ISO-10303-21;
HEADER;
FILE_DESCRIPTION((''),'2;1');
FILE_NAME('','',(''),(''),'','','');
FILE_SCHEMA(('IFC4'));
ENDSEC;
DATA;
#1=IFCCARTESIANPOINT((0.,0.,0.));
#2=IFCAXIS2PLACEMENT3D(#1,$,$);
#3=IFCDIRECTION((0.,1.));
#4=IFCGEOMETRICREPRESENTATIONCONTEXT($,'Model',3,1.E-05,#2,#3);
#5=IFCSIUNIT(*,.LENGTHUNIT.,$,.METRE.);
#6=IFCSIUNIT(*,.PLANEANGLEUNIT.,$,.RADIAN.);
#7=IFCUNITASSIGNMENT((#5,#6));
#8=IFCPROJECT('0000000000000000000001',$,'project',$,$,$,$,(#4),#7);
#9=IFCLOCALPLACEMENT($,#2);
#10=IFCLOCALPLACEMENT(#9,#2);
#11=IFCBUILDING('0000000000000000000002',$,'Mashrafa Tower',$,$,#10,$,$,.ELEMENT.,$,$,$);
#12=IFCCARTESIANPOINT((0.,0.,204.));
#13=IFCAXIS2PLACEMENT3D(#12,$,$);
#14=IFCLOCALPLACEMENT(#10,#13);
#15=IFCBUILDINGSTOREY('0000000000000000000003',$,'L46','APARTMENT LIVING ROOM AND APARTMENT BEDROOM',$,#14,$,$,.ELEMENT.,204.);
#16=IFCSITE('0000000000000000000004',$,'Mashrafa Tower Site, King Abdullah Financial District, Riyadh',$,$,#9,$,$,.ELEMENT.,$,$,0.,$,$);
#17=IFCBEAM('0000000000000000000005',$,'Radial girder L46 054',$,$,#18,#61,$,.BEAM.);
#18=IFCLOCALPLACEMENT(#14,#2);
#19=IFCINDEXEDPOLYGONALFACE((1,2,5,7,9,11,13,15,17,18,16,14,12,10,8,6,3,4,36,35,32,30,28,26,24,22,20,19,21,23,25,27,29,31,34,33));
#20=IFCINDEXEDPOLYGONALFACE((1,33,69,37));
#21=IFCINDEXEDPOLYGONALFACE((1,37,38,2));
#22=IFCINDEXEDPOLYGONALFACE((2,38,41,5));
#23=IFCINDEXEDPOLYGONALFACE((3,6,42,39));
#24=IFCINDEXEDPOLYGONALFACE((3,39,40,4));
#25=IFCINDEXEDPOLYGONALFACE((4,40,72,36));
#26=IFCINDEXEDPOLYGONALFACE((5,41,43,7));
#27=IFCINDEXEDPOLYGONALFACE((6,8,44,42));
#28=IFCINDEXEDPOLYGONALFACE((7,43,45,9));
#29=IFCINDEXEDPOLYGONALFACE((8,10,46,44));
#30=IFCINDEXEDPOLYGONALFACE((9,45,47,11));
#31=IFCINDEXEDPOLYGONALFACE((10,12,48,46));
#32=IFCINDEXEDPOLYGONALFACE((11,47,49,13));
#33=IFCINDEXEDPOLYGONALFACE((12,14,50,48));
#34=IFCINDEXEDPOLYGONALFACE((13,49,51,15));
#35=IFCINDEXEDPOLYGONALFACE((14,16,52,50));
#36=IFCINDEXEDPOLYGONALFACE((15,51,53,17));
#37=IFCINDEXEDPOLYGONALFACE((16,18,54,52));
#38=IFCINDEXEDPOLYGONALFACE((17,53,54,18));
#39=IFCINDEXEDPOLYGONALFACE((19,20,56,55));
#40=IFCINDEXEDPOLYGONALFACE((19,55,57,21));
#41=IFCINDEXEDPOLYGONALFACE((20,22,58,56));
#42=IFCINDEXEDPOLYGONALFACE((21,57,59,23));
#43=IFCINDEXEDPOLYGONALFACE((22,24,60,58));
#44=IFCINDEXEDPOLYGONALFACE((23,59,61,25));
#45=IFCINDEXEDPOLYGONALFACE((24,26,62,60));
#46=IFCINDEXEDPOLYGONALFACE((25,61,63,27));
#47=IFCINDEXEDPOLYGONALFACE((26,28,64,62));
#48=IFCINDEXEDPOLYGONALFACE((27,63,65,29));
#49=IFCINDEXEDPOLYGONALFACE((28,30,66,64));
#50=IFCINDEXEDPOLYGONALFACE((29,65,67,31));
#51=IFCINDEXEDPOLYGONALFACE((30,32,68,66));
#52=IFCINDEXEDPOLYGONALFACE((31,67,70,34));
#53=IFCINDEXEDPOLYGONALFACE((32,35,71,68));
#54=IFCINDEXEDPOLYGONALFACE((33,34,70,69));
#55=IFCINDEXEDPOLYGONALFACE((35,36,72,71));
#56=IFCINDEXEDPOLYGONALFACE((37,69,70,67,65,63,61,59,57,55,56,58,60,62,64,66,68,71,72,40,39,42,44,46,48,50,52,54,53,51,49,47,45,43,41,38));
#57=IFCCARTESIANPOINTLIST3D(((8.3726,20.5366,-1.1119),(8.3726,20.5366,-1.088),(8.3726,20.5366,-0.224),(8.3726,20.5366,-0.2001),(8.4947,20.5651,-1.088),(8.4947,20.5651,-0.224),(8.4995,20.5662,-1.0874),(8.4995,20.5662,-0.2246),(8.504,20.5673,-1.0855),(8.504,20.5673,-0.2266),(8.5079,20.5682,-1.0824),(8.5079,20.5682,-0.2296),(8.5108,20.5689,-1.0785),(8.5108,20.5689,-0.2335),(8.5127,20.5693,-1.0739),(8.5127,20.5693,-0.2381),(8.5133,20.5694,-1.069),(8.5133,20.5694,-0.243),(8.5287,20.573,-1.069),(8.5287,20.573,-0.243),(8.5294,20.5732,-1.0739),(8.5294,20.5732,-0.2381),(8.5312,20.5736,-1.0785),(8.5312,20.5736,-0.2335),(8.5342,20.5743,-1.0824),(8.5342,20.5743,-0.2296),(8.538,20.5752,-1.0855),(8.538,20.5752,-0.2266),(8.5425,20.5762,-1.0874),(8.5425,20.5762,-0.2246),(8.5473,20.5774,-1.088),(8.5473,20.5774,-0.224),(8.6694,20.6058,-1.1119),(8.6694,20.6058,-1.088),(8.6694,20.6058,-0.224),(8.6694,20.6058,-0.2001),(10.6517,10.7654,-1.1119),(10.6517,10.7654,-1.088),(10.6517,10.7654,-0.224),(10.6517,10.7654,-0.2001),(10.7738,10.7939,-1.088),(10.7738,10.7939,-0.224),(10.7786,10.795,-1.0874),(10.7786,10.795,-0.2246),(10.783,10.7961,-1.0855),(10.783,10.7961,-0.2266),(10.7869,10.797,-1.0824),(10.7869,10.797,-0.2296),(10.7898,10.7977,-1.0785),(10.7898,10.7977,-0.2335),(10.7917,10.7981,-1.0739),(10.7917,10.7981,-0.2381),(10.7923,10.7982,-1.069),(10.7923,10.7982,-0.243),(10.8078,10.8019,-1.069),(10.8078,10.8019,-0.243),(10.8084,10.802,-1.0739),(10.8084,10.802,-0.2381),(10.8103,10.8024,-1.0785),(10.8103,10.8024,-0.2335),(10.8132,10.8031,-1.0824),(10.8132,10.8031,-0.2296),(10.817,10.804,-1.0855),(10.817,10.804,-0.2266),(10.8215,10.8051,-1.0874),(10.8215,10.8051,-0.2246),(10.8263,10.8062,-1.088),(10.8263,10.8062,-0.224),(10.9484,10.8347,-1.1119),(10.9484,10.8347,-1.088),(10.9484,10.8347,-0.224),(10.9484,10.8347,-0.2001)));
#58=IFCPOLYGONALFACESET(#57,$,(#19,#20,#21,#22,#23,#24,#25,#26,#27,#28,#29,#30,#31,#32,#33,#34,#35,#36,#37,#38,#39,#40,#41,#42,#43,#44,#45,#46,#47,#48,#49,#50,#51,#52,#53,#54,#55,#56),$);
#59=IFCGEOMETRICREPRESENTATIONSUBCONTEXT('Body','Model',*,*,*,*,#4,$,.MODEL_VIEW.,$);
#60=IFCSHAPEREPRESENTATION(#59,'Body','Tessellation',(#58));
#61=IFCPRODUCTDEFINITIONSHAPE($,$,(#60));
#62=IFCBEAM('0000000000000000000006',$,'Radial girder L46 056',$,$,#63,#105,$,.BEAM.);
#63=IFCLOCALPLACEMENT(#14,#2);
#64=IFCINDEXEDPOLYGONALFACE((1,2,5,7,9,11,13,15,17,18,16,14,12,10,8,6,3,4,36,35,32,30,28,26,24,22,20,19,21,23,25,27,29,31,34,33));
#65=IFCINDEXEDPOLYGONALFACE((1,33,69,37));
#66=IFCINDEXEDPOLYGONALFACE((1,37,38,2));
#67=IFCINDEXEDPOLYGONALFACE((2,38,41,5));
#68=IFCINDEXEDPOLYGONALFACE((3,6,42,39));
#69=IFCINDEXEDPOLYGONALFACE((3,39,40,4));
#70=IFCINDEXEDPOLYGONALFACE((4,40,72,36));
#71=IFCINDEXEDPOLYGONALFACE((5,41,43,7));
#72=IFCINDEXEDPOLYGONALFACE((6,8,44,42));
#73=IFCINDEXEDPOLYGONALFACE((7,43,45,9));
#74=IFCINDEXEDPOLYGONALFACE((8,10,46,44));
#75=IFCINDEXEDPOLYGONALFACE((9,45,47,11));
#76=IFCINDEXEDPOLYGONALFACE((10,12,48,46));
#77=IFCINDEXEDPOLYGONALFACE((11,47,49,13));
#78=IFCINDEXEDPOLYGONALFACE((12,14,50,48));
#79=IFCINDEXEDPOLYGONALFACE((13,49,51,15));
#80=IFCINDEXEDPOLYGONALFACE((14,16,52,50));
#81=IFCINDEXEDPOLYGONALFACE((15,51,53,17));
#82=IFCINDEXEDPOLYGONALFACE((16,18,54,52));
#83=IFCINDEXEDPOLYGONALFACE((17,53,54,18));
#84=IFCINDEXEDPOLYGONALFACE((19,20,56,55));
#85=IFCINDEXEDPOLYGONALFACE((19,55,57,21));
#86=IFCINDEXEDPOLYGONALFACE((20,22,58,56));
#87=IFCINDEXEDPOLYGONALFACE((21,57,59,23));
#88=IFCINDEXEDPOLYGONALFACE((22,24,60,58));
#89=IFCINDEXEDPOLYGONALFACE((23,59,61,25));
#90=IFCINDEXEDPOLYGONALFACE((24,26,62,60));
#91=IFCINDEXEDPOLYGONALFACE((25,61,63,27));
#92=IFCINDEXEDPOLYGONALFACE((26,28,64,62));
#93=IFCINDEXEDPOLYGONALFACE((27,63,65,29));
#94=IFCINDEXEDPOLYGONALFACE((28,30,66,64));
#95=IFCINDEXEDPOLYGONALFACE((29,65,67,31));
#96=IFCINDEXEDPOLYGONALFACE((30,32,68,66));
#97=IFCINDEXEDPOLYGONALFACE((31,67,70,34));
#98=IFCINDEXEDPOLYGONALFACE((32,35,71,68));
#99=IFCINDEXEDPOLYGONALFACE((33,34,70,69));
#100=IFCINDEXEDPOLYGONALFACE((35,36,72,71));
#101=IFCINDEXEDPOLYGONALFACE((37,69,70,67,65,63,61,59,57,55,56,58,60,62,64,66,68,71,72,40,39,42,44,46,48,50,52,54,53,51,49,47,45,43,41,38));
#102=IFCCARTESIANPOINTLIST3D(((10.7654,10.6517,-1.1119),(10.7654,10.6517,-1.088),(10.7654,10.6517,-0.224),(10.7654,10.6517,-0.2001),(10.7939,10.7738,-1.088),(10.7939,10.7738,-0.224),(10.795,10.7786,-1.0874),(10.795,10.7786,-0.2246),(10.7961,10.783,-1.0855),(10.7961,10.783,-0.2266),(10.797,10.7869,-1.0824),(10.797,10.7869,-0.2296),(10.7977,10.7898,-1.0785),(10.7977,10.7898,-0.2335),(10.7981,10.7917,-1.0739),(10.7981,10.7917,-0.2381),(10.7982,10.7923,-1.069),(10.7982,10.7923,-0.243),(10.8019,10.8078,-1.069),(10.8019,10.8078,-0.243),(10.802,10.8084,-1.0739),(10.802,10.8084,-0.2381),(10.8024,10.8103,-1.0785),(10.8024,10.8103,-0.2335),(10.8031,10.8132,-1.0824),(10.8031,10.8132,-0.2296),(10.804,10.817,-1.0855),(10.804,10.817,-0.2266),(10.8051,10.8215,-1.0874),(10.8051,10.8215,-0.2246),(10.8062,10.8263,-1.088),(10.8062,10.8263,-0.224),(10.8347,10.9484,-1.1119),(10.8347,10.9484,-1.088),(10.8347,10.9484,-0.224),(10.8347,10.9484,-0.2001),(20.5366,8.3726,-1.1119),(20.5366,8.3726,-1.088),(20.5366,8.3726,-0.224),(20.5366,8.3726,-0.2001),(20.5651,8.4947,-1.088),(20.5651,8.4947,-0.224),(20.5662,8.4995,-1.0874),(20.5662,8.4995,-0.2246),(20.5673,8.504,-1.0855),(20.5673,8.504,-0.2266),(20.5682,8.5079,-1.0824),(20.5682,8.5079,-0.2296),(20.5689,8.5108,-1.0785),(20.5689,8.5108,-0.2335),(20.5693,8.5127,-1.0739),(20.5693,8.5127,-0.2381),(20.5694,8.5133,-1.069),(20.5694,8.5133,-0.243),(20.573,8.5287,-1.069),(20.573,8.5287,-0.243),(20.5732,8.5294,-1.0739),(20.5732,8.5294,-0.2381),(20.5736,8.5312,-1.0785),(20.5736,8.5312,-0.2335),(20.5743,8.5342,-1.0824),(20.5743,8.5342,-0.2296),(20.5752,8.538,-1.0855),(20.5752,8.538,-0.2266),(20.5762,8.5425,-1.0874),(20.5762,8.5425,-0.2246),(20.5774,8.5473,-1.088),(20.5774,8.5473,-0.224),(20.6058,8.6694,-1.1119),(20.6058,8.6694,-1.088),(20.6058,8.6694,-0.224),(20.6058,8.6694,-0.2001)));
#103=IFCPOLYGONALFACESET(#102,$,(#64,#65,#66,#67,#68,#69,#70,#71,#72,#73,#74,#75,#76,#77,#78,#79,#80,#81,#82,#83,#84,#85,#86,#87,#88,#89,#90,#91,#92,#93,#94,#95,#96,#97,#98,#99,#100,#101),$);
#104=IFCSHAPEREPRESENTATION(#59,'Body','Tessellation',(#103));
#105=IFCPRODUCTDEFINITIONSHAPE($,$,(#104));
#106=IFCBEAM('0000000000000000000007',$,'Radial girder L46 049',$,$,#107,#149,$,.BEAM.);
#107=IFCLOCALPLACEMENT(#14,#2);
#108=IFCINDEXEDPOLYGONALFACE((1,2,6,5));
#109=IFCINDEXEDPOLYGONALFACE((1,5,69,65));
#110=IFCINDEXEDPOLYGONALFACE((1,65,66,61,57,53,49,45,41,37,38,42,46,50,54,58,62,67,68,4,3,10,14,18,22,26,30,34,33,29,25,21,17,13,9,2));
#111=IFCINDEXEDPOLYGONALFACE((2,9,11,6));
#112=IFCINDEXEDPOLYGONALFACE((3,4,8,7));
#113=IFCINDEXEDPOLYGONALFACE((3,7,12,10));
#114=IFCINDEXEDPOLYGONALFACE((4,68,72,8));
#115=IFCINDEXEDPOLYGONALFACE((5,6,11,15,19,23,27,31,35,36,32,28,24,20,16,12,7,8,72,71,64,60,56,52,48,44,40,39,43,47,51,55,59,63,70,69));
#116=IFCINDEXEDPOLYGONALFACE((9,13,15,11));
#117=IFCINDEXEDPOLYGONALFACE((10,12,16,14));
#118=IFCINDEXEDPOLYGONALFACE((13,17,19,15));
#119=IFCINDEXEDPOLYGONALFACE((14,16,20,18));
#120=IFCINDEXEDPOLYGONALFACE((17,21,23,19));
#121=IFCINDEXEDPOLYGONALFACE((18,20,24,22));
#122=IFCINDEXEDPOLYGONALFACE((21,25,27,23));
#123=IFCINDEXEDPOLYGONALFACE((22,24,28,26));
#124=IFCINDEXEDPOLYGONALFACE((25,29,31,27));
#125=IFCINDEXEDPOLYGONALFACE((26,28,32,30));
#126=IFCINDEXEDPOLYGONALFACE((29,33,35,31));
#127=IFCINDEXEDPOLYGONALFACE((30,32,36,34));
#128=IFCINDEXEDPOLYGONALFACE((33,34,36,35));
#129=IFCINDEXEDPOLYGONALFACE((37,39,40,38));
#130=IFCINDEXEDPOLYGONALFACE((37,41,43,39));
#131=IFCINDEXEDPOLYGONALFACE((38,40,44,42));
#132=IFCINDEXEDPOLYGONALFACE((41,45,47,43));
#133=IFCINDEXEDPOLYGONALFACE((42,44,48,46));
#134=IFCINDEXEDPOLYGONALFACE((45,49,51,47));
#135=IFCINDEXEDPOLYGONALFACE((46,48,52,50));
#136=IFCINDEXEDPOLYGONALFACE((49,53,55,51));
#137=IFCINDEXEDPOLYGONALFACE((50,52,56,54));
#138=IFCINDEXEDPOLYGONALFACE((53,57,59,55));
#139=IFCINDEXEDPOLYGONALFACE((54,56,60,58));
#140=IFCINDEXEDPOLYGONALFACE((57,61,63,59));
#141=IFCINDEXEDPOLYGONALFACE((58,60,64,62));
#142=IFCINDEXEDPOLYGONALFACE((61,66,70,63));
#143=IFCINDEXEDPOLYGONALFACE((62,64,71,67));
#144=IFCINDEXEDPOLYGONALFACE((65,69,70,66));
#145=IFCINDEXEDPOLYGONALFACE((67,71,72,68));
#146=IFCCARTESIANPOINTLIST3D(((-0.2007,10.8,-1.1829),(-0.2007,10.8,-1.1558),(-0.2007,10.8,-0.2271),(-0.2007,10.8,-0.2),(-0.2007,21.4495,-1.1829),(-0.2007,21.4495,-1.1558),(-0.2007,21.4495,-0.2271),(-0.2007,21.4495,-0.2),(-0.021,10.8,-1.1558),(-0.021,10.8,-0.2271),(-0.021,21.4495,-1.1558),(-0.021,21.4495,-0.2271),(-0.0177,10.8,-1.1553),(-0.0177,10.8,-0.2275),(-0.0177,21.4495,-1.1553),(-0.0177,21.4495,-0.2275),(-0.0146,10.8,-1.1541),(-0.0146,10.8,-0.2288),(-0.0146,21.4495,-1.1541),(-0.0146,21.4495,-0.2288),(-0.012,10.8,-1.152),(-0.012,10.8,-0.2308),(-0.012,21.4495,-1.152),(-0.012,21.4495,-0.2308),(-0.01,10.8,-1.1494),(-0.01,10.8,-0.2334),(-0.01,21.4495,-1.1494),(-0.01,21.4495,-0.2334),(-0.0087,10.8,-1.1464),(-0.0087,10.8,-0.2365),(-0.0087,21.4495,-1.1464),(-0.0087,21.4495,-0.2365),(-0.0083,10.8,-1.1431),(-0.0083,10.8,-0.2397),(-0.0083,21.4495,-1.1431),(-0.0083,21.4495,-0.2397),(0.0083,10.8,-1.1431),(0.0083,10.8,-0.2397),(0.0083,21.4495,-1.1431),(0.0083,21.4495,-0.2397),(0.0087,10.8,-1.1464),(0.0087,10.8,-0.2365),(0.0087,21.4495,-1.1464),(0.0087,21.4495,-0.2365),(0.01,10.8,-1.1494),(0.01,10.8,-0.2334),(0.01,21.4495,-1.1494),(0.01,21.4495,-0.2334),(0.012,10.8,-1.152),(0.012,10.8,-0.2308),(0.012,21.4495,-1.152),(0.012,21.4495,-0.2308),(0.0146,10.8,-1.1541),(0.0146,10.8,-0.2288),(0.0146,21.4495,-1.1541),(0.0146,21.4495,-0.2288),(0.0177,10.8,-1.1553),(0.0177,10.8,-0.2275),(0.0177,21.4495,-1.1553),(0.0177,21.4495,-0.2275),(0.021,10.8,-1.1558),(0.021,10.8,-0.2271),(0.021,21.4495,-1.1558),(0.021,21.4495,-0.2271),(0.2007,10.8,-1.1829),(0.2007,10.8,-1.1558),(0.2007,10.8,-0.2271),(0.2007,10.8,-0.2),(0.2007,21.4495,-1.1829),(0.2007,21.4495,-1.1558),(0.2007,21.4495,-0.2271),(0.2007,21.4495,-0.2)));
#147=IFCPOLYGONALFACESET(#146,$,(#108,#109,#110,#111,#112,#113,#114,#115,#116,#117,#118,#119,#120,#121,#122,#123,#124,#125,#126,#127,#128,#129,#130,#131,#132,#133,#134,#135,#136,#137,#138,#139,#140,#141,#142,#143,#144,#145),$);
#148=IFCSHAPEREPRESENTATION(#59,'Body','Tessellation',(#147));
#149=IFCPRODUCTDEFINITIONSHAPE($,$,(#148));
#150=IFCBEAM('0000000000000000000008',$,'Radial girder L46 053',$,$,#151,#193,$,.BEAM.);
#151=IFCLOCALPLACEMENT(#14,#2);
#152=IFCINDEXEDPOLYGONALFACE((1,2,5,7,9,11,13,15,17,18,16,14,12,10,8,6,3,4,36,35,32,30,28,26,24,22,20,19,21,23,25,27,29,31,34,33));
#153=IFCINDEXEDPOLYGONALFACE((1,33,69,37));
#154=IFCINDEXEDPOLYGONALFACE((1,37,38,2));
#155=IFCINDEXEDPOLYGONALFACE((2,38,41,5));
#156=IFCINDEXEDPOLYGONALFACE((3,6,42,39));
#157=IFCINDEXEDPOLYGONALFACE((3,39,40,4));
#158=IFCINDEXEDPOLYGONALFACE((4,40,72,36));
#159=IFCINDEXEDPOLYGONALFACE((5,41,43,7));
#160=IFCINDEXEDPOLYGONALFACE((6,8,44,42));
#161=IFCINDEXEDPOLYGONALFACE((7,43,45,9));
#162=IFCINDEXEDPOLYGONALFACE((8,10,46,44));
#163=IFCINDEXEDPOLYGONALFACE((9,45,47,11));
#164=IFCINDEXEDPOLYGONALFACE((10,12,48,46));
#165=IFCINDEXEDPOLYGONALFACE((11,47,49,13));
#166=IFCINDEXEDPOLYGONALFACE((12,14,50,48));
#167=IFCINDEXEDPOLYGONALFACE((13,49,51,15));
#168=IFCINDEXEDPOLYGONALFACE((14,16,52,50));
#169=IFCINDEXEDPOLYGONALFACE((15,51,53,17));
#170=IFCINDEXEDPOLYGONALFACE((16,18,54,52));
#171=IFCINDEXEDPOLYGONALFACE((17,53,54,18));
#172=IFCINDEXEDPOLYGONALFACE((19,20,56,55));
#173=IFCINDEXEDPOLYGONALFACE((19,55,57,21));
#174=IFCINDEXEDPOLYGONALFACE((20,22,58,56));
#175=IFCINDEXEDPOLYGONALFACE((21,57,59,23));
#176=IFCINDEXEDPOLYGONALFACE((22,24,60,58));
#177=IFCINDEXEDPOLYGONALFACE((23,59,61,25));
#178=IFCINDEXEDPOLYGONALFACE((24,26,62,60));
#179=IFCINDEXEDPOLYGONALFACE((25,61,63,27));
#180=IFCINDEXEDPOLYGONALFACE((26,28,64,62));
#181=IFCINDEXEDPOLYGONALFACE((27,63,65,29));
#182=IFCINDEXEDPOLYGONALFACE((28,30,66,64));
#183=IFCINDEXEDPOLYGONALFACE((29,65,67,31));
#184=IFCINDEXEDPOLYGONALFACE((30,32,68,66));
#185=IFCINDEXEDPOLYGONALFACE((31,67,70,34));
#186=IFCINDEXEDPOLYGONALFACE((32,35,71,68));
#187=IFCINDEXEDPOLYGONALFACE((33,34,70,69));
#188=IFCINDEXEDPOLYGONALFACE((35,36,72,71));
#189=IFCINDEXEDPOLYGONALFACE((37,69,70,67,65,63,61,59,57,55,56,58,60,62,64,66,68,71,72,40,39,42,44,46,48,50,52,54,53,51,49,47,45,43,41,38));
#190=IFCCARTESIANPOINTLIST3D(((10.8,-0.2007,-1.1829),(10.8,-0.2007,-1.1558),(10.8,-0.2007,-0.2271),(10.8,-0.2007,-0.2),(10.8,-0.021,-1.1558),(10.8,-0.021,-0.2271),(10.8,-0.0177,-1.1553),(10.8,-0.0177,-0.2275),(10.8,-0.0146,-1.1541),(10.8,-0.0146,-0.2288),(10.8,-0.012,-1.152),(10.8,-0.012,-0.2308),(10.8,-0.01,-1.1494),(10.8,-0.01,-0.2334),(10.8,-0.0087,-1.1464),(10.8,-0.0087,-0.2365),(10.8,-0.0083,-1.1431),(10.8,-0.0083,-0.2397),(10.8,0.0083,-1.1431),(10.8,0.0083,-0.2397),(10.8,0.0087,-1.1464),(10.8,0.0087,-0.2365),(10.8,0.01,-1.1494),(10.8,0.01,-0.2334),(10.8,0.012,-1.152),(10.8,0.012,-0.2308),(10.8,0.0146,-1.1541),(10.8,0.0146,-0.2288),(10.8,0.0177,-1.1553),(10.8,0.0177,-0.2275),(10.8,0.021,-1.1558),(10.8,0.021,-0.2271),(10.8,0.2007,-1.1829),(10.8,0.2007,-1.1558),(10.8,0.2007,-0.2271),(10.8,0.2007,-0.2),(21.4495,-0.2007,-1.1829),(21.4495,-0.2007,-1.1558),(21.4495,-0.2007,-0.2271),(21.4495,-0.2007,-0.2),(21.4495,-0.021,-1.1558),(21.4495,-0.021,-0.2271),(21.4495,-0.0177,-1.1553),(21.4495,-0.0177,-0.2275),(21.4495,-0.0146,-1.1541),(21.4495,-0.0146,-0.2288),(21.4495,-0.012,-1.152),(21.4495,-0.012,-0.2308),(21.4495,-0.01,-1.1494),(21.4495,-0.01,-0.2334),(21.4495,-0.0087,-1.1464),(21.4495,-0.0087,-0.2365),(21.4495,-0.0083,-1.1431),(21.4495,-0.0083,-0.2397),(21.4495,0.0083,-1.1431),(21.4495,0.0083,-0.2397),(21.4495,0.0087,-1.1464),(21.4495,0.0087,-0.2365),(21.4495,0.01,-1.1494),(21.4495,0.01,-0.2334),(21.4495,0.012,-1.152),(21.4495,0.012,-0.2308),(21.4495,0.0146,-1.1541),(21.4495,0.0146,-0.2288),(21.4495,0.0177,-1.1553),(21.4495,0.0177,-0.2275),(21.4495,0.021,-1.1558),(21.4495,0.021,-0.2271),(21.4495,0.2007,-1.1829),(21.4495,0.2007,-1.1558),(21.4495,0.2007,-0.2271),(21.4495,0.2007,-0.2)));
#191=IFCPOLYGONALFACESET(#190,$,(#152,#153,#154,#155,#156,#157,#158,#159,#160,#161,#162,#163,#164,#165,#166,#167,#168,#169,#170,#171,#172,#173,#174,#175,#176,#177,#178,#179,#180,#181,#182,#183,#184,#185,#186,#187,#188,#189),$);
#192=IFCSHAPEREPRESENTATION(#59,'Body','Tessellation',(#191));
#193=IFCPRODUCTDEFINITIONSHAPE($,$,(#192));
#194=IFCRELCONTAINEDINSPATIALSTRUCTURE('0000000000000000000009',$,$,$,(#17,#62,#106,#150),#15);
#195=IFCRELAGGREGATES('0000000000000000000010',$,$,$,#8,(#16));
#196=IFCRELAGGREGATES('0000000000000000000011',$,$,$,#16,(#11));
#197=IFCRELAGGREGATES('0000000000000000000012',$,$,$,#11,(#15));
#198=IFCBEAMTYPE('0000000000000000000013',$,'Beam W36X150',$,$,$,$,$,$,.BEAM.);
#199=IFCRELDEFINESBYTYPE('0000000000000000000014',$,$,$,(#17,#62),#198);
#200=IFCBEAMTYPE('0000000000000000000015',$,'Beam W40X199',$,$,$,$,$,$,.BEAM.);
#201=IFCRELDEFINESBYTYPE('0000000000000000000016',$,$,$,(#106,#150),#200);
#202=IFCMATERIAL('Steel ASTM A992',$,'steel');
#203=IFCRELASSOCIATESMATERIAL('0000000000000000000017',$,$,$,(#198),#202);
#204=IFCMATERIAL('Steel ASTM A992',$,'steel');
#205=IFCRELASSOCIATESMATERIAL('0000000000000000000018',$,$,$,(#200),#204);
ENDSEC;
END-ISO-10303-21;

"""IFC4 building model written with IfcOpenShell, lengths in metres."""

from ifc_helpers import new_model, si_unit, direction, frame, origin, origin_2d, place, context, subcontext, project, spatial, i_section, extrude, material, material_profile, profile_set, type_object, element, save


model = new_model("IFC4")

# Units and contexts
model_context = context("Model", 3, precision=1e-05, world=origin(), true_north=direction((0.0, 1.0)))
body_context = subcontext(model_context, "Body", "Model", "MODEL_VIEW")
ifc_project = project(units=[si_unit("LENGTHUNIT", "METRE"), si_unit("PLANEANGLEUNIT", "RADIAN")], contexts=[model_context])

# Site, building, storey
site_placement = place(None, origin())
site = spatial("IfcSite", under=ifc_project, at=site_placement, Name="Mashrafa Tower Site, King Abdullah Financial District, Riyadh", CompositionType="ELEMENT", RefElevation=0.0)
building_placement = place(site_placement, origin())
building = spatial("IfcBuilding", under=site, at=building_placement, Name="Mashrafa Tower", CompositionType="ELEMENT")
storey_placement = place(building_placement, frame((0.0, 0.0, 204.0)))
storey = spatial("IfcBuildingStorey", under=building, at=storey_placement, Name="L46", Description="APARTMENT LIVING ROOM AND APARTMENT BEDROOM", CompositionType="ELEMENT", Elevation=204.0)

# Beams
ifc_material_1 = material(Name="Steel ASTM A992", Category="steel")
ifc_material_profile_1 = material_profile(ifc_material_1, i_section(OverallWidth=0.3047, OverallDepth=0.9119, WebThickness=0.0159, FlangeThickness=0.0239, FilletRadius=0.019, at=origin_2d()), Name="W36X150")
ifc_profile_set_1 = profile_set([ifc_material_profile_1], Name="Steel ASTM A992")
beam_type_1 = type_object("IfcBeamType", Name="Beam W36X150", PredefinedType="BEAM", material=ifc_profile_set_1)
for number, where, z_axis, x_axis, name in (
    (1, (10.8, 10.8, -0.656), (-0.227144, 0.973861, 0.0), (-0.973861, -0.227144, 0.0), "Radial girder L46 054"),
    (2, (10.8, 10.8, -0.656), (0.973861, -0.227144, 0.0), (0.227144, 0.973861, 0.0), "Radial girder L46 056"),
):
    element("IfcBeam", number, at=place(storey_placement, frame(where, z_axis=z_axis, x_axis=x_axis)), inside=storey, type_object=beam_type_1, Name=name, PredefinedType="BEAM", context=body_context, shape_type="SweptSolid", body=[
        extrude(i_section(OverallWidth=0.3047, OverallDepth=0.9119, WebThickness=0.0159, FlangeThickness=0.0239, FilletRadius=0.019, at=origin_2d()), origin(), (0.0, 0.0, 1.0), 10.0334),
    ])
ifc_material_2 = material(Name="Steel ASTM A992", Category="steel")
ifc_material_profile_2 = material_profile(ifc_material_2, i_section(OverallWidth=0.4014, OverallDepth=0.9829, WebThickness=0.0166, FlangeThickness=0.0271, FilletRadius=0.0127, at=origin_2d()), Name="W40X199")
ifc_profile_set_2 = profile_set([ifc_material_profile_2], Name="Steel ASTM A992")
beam_type_2 = type_object("IfcBeamType", Name="Beam W40X199", PredefinedType="BEAM", material=ifc_profile_set_2)
for number, where, z_axis, x_axis, name in (
    (3, (0.0, 10.8, -0.6914), (0.0, 1.0, 0.0), (-1.0, 0.0, 0.0), "Radial girder L46 049"),
    (4, (10.8, 0.0, -0.6914), (1.0, 0.0, 0.0), (0.0, 1.0, 0.0), "Radial girder L46 053"),
):
    element("IfcBeam", number, at=place(storey_placement, frame(where, z_axis=z_axis, x_axis=x_axis)), inside=storey, type_object=beam_type_2, Name=name, PredefinedType="BEAM", context=body_context, shape_type="SweptSolid", body=[
        extrude(i_section(OverallWidth=0.4014, OverallDepth=0.9829, WebThickness=0.0166, FlangeThickness=0.0271, FilletRadius=0.0127, at=origin_2d()), origin(), (0.0, 0.0, 1.0), 10.6494),
    ])

save(model, "model.ifc")
